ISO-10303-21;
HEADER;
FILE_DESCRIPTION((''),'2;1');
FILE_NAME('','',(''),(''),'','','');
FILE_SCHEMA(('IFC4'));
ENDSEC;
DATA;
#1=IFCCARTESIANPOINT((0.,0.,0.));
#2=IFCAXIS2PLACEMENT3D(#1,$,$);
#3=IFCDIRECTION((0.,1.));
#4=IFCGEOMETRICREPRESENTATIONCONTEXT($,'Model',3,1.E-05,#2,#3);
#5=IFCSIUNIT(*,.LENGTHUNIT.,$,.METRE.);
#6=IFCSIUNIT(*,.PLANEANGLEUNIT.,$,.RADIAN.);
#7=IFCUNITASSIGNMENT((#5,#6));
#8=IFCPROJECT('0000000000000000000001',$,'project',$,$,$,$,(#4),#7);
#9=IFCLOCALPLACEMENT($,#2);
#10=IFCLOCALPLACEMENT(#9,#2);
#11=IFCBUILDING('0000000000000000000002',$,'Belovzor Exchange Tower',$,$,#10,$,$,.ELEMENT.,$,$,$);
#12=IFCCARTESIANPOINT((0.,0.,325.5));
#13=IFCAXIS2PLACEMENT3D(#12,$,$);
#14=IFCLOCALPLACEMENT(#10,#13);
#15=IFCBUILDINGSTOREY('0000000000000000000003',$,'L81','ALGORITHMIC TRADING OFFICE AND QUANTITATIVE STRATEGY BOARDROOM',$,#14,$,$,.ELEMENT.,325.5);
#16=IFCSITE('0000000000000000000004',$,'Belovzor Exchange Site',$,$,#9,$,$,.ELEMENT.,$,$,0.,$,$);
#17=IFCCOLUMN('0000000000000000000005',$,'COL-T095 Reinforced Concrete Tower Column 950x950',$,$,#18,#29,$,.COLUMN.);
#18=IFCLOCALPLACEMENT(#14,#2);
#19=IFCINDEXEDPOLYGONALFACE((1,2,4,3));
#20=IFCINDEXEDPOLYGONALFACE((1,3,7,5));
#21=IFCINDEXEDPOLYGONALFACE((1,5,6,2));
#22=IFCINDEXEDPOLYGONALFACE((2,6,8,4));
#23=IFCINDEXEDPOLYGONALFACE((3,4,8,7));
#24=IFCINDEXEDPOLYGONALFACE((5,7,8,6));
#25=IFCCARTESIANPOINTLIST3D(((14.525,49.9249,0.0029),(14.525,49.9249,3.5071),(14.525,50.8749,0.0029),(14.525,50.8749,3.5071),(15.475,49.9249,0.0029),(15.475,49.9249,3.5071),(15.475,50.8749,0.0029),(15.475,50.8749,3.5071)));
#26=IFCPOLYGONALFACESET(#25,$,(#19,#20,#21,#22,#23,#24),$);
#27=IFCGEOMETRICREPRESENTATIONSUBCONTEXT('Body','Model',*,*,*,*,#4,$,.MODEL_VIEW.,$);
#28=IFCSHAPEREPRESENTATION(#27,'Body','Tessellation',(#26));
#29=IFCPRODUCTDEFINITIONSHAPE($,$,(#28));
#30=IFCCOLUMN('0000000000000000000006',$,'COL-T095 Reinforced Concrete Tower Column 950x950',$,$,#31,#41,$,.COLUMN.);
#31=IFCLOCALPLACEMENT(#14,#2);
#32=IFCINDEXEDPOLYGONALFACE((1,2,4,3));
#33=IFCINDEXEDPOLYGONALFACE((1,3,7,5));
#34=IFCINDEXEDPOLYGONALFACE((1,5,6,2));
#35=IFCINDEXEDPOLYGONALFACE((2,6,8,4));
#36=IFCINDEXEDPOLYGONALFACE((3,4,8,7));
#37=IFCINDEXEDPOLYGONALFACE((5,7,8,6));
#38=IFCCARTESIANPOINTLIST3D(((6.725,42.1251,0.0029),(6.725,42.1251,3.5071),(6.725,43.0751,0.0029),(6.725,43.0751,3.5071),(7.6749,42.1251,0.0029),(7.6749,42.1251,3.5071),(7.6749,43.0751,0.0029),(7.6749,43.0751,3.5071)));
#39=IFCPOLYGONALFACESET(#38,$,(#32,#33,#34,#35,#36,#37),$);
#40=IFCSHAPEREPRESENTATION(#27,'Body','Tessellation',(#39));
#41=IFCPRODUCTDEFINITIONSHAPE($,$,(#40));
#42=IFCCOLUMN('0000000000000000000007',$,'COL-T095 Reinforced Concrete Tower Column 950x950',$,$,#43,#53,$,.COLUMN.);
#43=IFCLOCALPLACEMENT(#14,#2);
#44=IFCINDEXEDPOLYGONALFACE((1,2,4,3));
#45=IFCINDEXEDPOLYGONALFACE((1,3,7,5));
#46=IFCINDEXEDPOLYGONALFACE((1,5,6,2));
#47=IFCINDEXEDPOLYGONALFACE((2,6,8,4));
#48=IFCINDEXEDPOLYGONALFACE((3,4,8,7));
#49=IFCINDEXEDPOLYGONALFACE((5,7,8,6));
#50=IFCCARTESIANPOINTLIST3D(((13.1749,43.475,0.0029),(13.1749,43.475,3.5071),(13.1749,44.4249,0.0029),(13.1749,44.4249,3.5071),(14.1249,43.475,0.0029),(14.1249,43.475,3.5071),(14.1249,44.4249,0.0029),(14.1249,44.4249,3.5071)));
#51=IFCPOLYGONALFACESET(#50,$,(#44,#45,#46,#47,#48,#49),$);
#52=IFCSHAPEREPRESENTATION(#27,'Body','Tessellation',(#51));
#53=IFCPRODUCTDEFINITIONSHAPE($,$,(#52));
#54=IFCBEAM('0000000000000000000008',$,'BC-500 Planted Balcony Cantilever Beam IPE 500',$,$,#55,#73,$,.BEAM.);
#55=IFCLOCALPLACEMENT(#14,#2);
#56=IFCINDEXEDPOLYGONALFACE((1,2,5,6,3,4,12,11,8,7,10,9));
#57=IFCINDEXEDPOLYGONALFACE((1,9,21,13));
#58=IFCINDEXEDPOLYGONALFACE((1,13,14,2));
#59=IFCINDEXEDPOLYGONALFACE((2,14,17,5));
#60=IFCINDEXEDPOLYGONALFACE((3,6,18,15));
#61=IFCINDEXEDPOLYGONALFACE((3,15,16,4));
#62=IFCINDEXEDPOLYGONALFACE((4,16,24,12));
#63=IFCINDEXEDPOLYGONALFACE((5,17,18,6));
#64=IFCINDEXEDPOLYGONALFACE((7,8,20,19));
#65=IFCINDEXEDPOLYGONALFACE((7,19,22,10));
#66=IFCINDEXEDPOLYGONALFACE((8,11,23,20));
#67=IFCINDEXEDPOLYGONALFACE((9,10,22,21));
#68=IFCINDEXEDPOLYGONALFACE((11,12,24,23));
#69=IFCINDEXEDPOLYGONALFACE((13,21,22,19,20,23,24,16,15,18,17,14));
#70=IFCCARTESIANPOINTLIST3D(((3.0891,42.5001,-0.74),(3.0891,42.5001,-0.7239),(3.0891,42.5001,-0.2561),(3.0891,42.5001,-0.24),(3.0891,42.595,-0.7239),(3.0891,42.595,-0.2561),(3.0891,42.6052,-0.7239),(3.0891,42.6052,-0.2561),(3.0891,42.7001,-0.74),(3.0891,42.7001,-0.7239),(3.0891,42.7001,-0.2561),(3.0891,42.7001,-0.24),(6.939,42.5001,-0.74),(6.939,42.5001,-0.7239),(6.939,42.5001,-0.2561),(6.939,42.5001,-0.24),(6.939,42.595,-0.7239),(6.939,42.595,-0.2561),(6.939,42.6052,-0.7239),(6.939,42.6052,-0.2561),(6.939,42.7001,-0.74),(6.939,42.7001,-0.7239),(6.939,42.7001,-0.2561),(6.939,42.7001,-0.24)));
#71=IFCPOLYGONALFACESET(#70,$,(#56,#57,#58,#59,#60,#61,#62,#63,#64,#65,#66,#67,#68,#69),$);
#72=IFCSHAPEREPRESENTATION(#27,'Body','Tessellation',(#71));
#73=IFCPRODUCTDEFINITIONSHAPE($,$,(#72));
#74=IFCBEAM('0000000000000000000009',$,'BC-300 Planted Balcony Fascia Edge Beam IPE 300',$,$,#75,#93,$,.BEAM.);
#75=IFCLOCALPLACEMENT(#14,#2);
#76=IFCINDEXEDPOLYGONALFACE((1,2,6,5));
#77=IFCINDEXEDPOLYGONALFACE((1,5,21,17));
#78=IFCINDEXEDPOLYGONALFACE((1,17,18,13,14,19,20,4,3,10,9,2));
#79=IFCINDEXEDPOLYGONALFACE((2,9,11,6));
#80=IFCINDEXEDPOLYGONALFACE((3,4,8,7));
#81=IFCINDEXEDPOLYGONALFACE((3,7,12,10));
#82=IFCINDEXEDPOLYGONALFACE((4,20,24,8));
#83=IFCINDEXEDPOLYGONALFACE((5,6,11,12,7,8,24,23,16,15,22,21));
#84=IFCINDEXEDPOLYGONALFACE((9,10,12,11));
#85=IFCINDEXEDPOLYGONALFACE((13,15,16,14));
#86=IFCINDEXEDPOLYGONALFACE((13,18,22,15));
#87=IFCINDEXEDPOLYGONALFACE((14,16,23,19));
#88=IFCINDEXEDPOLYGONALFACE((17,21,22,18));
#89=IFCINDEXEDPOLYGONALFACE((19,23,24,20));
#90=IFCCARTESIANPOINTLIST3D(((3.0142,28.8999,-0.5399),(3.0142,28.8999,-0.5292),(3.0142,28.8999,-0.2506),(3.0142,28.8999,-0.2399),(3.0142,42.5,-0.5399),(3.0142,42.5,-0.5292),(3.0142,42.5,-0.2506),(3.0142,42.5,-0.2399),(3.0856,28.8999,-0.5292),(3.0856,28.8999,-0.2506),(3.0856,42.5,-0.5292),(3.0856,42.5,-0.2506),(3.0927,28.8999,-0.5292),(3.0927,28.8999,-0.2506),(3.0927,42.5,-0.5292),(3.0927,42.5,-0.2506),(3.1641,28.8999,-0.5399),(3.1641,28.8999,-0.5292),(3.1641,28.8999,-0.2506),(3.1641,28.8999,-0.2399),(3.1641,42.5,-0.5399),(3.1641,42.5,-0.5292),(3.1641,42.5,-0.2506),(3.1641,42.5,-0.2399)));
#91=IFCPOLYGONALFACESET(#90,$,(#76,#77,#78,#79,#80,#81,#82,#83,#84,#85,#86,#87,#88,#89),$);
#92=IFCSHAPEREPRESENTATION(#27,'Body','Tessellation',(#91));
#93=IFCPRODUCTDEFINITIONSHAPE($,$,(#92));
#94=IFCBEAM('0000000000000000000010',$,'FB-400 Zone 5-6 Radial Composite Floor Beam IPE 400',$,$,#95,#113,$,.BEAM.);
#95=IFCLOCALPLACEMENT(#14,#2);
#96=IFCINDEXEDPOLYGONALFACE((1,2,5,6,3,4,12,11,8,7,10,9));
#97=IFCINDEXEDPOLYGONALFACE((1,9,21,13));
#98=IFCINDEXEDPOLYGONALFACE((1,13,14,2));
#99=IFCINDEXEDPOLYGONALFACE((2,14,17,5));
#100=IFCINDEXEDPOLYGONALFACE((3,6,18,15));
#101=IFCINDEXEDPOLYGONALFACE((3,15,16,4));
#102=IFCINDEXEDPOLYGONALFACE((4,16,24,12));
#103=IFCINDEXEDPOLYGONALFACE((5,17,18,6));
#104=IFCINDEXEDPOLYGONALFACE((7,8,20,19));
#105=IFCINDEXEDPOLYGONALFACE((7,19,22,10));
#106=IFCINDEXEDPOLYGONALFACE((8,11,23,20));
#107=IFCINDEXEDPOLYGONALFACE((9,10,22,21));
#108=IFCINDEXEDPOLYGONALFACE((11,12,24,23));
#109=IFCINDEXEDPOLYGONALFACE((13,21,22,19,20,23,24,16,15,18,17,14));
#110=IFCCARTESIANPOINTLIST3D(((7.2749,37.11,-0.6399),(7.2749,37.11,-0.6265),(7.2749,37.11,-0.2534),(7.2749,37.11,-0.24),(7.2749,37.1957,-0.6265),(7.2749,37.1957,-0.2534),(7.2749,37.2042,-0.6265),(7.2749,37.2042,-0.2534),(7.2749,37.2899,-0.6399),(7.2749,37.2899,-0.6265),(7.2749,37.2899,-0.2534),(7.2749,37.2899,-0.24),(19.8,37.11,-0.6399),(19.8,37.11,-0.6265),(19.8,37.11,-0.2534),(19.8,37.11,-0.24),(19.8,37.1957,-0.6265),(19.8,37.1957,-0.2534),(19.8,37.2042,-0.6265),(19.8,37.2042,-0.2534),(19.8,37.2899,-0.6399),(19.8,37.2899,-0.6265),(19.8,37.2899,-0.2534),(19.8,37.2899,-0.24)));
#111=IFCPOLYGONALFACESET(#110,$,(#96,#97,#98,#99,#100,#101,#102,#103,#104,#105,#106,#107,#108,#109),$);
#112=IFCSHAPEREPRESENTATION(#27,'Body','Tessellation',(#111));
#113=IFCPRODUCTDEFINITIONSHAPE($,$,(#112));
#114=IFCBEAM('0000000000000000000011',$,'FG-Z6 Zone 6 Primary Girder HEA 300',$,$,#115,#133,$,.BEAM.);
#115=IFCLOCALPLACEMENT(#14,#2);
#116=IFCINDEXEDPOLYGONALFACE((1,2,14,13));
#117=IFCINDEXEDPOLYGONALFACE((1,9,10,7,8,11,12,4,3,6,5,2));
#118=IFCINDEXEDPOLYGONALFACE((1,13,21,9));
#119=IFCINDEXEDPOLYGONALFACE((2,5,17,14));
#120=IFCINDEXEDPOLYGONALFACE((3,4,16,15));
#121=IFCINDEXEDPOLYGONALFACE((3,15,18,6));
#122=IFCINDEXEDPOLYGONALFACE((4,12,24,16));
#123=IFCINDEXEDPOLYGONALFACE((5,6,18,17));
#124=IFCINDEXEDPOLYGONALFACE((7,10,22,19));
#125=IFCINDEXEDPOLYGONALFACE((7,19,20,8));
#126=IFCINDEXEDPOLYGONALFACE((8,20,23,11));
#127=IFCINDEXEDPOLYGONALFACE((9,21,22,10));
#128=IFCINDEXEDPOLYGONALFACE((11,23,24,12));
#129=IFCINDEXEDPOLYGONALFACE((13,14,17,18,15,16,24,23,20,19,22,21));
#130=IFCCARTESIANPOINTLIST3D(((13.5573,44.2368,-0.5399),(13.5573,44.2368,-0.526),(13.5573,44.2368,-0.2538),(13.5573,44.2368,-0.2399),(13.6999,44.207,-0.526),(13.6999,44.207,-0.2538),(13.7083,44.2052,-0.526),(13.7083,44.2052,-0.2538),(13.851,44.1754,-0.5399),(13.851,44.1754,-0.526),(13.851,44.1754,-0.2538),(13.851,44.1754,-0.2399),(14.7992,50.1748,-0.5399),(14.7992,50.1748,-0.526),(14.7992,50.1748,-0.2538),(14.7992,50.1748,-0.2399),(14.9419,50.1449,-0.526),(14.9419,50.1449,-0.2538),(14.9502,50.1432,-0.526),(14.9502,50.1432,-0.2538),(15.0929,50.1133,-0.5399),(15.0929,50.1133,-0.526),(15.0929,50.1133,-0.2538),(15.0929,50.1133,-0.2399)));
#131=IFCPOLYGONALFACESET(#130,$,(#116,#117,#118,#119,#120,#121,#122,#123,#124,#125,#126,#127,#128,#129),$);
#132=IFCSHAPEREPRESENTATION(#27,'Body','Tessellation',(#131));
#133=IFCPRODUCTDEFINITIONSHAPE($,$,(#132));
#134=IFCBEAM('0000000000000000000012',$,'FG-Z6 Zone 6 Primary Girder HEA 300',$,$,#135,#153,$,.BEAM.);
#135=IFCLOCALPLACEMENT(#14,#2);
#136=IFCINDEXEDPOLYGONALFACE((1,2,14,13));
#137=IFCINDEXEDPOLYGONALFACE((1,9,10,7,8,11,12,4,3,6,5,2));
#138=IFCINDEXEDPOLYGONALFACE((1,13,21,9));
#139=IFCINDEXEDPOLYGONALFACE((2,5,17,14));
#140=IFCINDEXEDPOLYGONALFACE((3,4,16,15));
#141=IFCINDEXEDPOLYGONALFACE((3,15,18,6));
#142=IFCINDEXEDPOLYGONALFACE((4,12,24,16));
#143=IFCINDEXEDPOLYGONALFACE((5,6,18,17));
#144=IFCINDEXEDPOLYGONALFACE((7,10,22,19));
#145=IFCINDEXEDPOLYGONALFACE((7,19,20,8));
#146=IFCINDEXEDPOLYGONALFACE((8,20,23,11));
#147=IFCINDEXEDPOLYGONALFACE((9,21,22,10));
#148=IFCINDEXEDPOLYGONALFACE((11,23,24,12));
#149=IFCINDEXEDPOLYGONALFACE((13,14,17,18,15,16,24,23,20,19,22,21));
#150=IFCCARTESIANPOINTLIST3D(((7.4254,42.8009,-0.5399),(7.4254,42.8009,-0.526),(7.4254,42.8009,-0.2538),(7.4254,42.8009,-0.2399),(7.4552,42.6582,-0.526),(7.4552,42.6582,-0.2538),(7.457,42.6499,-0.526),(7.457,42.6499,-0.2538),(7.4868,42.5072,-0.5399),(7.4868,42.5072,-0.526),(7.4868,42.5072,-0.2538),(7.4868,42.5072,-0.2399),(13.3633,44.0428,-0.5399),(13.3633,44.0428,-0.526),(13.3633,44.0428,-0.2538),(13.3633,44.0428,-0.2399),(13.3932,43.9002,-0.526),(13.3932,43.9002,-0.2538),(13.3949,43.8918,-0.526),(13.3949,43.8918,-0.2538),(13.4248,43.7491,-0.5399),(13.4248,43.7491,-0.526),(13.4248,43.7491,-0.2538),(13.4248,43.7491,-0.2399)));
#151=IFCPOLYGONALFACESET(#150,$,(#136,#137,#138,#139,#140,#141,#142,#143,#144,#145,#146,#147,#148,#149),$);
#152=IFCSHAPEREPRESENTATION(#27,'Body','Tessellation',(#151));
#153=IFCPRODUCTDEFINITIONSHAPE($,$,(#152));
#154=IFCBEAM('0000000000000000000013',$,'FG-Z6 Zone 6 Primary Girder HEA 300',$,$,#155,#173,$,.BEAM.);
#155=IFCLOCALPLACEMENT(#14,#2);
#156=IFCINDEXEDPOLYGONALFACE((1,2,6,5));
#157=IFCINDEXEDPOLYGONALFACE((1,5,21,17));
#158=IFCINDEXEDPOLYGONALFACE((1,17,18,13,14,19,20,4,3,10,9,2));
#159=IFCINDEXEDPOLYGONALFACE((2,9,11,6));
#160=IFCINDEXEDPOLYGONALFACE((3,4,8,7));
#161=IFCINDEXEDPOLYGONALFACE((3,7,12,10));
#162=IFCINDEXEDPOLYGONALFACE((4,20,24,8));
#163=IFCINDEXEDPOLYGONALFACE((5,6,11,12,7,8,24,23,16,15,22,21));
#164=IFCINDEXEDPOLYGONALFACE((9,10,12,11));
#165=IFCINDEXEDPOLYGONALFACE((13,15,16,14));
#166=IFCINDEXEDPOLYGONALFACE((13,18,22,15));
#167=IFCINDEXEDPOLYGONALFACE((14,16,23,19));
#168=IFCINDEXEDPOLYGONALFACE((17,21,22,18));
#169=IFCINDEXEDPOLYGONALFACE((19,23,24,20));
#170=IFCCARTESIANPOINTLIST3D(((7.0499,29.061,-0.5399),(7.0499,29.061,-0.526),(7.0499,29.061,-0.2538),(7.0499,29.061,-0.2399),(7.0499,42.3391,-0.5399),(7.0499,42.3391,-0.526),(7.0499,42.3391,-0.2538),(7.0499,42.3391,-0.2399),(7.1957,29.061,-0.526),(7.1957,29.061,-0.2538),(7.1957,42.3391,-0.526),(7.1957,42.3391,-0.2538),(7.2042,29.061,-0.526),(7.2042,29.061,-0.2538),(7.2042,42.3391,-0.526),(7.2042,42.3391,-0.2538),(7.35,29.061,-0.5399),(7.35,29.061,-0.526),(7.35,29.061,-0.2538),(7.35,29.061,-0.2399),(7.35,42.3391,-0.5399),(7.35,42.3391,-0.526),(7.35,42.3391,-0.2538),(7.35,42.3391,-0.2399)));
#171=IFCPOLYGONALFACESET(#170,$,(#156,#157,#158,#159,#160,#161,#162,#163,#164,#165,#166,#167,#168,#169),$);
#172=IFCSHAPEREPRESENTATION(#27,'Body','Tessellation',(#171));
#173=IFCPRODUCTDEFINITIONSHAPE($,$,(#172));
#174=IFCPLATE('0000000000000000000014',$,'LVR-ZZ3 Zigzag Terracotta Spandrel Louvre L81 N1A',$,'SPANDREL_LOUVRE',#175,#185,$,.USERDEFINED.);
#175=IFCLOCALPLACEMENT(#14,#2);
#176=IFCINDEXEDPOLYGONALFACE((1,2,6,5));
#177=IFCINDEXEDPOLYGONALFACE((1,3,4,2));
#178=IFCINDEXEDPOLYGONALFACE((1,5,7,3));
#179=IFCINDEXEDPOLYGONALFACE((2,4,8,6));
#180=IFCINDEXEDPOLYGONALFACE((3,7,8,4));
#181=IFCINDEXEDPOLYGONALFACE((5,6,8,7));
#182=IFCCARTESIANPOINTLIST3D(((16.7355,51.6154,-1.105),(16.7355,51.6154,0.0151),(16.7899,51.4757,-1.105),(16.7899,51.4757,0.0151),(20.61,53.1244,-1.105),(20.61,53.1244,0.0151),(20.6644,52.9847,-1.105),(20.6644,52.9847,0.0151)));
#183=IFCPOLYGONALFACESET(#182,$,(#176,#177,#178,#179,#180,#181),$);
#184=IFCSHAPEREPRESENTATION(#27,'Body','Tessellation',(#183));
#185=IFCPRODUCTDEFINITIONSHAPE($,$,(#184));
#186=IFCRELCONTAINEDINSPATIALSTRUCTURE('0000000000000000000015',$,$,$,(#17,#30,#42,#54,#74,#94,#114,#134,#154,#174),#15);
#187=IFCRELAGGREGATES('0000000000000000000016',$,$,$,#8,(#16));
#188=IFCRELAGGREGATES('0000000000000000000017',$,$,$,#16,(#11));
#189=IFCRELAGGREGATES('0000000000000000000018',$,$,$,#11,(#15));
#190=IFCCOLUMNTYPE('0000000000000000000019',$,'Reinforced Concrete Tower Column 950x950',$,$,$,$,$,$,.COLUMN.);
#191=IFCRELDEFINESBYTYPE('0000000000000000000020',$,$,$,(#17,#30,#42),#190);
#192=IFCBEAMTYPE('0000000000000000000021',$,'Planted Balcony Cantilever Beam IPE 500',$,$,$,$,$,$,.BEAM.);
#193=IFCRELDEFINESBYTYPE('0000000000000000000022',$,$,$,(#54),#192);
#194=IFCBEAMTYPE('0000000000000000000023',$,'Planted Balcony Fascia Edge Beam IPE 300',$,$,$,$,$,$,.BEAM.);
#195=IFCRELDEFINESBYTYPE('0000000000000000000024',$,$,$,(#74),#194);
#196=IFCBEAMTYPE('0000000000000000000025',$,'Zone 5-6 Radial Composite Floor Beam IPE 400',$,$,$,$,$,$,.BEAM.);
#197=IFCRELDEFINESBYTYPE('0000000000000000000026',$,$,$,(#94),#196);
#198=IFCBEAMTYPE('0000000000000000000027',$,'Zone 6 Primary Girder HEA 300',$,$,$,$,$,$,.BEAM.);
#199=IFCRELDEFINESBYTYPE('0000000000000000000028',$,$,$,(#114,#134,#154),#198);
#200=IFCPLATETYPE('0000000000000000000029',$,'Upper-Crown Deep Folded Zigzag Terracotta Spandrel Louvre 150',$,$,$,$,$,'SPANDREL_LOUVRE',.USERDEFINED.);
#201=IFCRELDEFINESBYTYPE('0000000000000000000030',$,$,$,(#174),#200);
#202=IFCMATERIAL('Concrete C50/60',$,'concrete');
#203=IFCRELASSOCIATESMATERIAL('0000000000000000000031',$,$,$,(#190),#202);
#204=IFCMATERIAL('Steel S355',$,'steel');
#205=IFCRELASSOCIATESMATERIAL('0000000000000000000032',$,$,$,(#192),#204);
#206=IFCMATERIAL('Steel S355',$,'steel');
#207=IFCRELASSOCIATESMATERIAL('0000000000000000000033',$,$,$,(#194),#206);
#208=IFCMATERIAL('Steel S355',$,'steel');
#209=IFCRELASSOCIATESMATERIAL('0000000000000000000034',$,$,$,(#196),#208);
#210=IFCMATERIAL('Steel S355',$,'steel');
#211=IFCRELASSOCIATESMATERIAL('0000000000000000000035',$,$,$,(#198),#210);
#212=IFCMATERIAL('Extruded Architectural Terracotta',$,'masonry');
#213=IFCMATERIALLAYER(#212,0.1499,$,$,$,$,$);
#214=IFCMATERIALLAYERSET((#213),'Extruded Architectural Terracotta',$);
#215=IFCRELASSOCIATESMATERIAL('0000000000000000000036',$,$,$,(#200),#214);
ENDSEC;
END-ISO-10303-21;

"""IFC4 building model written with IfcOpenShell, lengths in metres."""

from ifc_helpers import new_model, si_unit, direction, frame, origin, origin_2d, place, context, subcontext, project, spatial, rectangle, i_section, extrude, material, layer, layer_set, material_profile, profile_set, type_object, element, save


model = new_model("IFC4")

# Units and contexts
model_context = context("Model", 3, precision=1e-05, world=origin(), true_north=direction((0.0, 1.0)))
body_context = subcontext(model_context, "Body", "Model", "MODEL_VIEW")
ifc_project = project(units=[si_unit("LENGTHUNIT", "METRE"), si_unit("PLANEANGLEUNIT", "RADIAN")], contexts=[model_context])

# Site, building, storey
site_placement = place(None, origin())
site = spatial("IfcSite", under=ifc_project, at=site_placement, Name="Belovzor Exchange Site", CompositionType="ELEMENT", RefElevation=0.0)
building_placement = place(site_placement, origin())
building = spatial("IfcBuilding", under=site, at=building_placement, Name="Belovzor Exchange Tower", CompositionType="ELEMENT")
storey_placement = place(building_placement, frame((0.0, 0.0, 325.5)))
storey = spatial("IfcBuildingStorey", under=building, at=storey_placement, Name="L81", Description="ALGORITHMIC TRADING OFFICE AND QUANTITATIVE STRATEGY BOARDROOM", CompositionType="ELEMENT", Elevation=325.5)

# Columns
ifc_material_1 = material(Name="Concrete C50/60", Category="concrete")
ifc_material_profile_1 = material_profile(ifc_material_1, rectangle(XDim=0.95, YDim=0.95, at=origin_2d()))
ifc_profile_set_1 = profile_set([ifc_material_profile_1], Name="Concrete C50/60")
column_type = type_object("IfcColumnType", Name="Reinforced Concrete Tower Column 950x950", PredefinedType="COLUMN", material=ifc_profile_set_1)
for number, where, z_axis, x_axis, name in (
    (1, (15.0, 50.3999, 0.0029), (0.0, 0.0, 1.0), (1.0, 0.0, 0.0), "COL-T095 Reinforced Concrete Tower Column 950x950"),
    (2, (7.2, 42.6001, 0.0029), (0.0, 0.0, 1.0), (1.0, 0.0, 0.0), "COL-T095 Reinforced Concrete Tower Column 950x950"),
    (3, (13.6499, 43.95, 0.0029), (0.0, 0.0, 1.0), (1.0, 0.0, 0.0), "COL-T095 Reinforced Concrete Tower Column 950x950"),
):
    element("IfcColumn", number, at=place(storey_placement, frame(where, z_axis=z_axis, x_axis=x_axis)), inside=storey, type_object=column_type, Name=name, PredefinedType="COLUMN", context=body_context, shape_type="SweptSolid", body=[
        extrude(rectangle(XDim=0.95, YDim=0.95, at=origin_2d()), origin(), (0.0, 0.0, 1.0), 3.5042),
    ])

# Beams
ifc_material_2 = material(Name="Steel S355", Category="steel")
ifc_material_profile_2 = material_profile(ifc_material_2, i_section(OverallWidth=0.2, OverallDepth=0.5, WebThickness=0.0103, FlangeThickness=0.0161, at=origin_2d()))
ifc_profile_set_2 = profile_set([ifc_material_profile_2], Name="Steel S355")
beam_type_1 = type_object("IfcBeamType", Name="Planted Balcony Cantilever Beam IPE 500", PredefinedType="BEAM", material=ifc_profile_set_2)
beam_1_placement = place(storey_placement, frame((6.939, 42.6001, -0.49), z_axis=(-1.0, 0.0, 0.0), x_axis=(0.0, -1.0, 0.0)))
element("IfcBeam", 4, at=beam_1_placement, inside=storey, type_object=beam_type_1, Name="BC-500 Planted Balcony Cantilever Beam IPE 500", PredefinedType="BEAM", context=body_context, shape_type="SweptSolid", body=[
    extrude(i_section(OverallWidth=0.2, OverallDepth=0.5, WebThickness=0.0103, FlangeThickness=0.0161, at=origin_2d()), origin(), (0.0, 0.0, 1.0), 3.8499),
])
ifc_material_3 = material(Name="Steel S355", Category="steel")
ifc_material_profile_3 = material_profile(ifc_material_3, i_section(OverallWidth=0.1499, OverallDepth=0.3, WebThickness=0.0071, FlangeThickness=0.0107, at=origin_2d()))
ifc_profile_set_3 = profile_set([ifc_material_profile_3], Name="Steel S355")
beam_type_2 = type_object("IfcBeamType", Name="Planted Balcony Fascia Edge Beam IPE 300", PredefinedType="BEAM", material=ifc_profile_set_3)
beam_2_placement = place(storey_placement, frame((3.0891, 42.5, -0.3899), z_axis=(0.0, -1.0, 0.0), x_axis=(1.0, 0.0, 0.0)))
element("IfcBeam", 5, at=beam_2_placement, inside=storey, type_object=beam_type_2, Name="BC-300 Planted Balcony Fascia Edge Beam IPE 300", PredefinedType="BEAM", context=body_context, shape_type="SweptSolid", body=[
    extrude(i_section(OverallWidth=0.1499, OverallDepth=0.3, WebThickness=0.0071, FlangeThickness=0.0107, at=origin_2d()), origin(), (0.0, 0.0, 1.0), 13.6001),
])
ifc_material_4 = material(Name="Steel S355", Category="steel")
ifc_material_profile_4 = material_profile(ifc_material_4, i_section(OverallWidth=0.1799, OverallDepth=0.3999, WebThickness=0.0085, FlangeThickness=0.0134, at=origin_2d()))
ifc_profile_set_4 = profile_set([ifc_material_profile_4], Name="Steel S355")
beam_type_3 = type_object("IfcBeamType", Name="Zone 5-6 Radial Composite Floor Beam IPE 400", PredefinedType="BEAM", material=ifc_profile_set_4)
beam_3_placement = place(storey_placement, frame((19.8, 37.2, -0.4399), z_axis=(-1.0, 0.0, 0.0), x_axis=(0.0, -1.0, 0.0)))
element("IfcBeam", 6, at=beam_3_placement, inside=storey, type_object=beam_type_3, Name="FB-400 Zone 5-6 Radial Composite Floor Beam IPE 400", PredefinedType="BEAM", context=body_context, shape_type="SweptSolid", body=[
    extrude(i_section(OverallWidth=0.1799, OverallDepth=0.3999, WebThickness=0.0085, FlangeThickness=0.0134, at=origin_2d()), origin(), (0.0, 0.0, 1.0), 12.5251),
])
ifc_material_5 = material(Name="Steel S355", Category="steel")
ifc_material_profile_5 = material_profile(ifc_material_5, i_section(OverallWidth=0.3, OverallDepth=0.3, WebThickness=0.0085, FlangeThickness=0.0139, at=origin_2d()))
ifc_profile_set_5 = profile_set([ifc_material_profile_5], Name="Steel S355")
beam_type_4 = type_object("IfcBeamType", Name="Zone 6 Primary Girder HEA 300", PredefinedType="BEAM", material=ifc_profile_set_5)
for number, where, z_axis, x_axis, name in (
    (7, (14.946, 50.144, -0.3899), (-0.204722, -0.97882, 0.0), (0.97882, -0.204722, 0.0), "FG-Z6 Zone 6 Primary Girder HEA 300"),
    (8, (13.394, 43.896, -0.3899), (-0.97882, -0.204722, 0.0), (0.204722, -0.97882, 0.0), "FG-Z6 Zone 6 Primary Girder HEA 300"),
):
    element("IfcBeam", number, at=place(storey_placement, frame(where, z_axis=z_axis, x_axis=x_axis)), inside=storey, type_object=beam_type_4, Name=name, PredefinedType="BEAM", context=body_context, shape_type="SweptSolid", body=[
        extrude(i_section(OverallWidth=0.3, OverallDepth=0.3, WebThickness=0.0085, FlangeThickness=0.0139, at=origin_2d()), origin(), (0.0, 0.0, 1.0), 6.0664),
    ])
beam_4_placement = place(storey_placement, frame((7.2, 42.3391, -0.3899), z_axis=(0.0, -1.0, 0.0), x_axis=(1.0, 0.0, 0.0)))
element("IfcBeam", 9, at=beam_4_placement, inside=storey, type_object=beam_type_4, Name="FG-Z6 Zone 6 Primary Girder HEA 300", PredefinedType="BEAM", context=body_context, shape_type="SweptSolid", body=[
    extrude(i_section(OverallWidth=0.3, OverallDepth=0.3, WebThickness=0.0085, FlangeThickness=0.0139, at=origin_2d()), origin(), (0.0, 0.0, 1.0), 13.2781),
])

# Plate
ifc_material_6 = material(Name="Extruded Architectural Terracotta", Category="masonry")
ifc_layer_1 = layer(ifc_material_6, 0.1499)
ifc_layer_set_1 = layer_set([ifc_layer_1], Name="Extruded Architectural Terracotta")
plate_type = type_object("IfcPlateType", Name="Upper-Crown Deep Folded Zigzag Terracotta Spandrel Louvre 150", ElementType="SPANDREL_LOUVRE", PredefinedType="USERDEFINED", material=ifc_layer_set_1)
plate_placement = place(storey_placement, frame((18.7, 52.3, -1.105), z_axis=(0.0, 0.0, 1.0), x_axis=(0.931818, 0.362926, 0.0)))
element("IfcPlate", 10, at=plate_placement, inside=storey, type_object=plate_type, Name="LVR-ZZ3 Zigzag Terracotta Spandrel Louvre L81 N1A", ObjectType="SPANDREL_LOUVRE", PredefinedType="USERDEFINED", context=body_context, shape_type="SweptSolid", body=[
    extrude(rectangle(XDim=4.158, YDim=0.1499, at=origin_2d()), origin(), (0.0, 0.0, 1.0), 1.1201),
])

save(model, "model.ifc")
